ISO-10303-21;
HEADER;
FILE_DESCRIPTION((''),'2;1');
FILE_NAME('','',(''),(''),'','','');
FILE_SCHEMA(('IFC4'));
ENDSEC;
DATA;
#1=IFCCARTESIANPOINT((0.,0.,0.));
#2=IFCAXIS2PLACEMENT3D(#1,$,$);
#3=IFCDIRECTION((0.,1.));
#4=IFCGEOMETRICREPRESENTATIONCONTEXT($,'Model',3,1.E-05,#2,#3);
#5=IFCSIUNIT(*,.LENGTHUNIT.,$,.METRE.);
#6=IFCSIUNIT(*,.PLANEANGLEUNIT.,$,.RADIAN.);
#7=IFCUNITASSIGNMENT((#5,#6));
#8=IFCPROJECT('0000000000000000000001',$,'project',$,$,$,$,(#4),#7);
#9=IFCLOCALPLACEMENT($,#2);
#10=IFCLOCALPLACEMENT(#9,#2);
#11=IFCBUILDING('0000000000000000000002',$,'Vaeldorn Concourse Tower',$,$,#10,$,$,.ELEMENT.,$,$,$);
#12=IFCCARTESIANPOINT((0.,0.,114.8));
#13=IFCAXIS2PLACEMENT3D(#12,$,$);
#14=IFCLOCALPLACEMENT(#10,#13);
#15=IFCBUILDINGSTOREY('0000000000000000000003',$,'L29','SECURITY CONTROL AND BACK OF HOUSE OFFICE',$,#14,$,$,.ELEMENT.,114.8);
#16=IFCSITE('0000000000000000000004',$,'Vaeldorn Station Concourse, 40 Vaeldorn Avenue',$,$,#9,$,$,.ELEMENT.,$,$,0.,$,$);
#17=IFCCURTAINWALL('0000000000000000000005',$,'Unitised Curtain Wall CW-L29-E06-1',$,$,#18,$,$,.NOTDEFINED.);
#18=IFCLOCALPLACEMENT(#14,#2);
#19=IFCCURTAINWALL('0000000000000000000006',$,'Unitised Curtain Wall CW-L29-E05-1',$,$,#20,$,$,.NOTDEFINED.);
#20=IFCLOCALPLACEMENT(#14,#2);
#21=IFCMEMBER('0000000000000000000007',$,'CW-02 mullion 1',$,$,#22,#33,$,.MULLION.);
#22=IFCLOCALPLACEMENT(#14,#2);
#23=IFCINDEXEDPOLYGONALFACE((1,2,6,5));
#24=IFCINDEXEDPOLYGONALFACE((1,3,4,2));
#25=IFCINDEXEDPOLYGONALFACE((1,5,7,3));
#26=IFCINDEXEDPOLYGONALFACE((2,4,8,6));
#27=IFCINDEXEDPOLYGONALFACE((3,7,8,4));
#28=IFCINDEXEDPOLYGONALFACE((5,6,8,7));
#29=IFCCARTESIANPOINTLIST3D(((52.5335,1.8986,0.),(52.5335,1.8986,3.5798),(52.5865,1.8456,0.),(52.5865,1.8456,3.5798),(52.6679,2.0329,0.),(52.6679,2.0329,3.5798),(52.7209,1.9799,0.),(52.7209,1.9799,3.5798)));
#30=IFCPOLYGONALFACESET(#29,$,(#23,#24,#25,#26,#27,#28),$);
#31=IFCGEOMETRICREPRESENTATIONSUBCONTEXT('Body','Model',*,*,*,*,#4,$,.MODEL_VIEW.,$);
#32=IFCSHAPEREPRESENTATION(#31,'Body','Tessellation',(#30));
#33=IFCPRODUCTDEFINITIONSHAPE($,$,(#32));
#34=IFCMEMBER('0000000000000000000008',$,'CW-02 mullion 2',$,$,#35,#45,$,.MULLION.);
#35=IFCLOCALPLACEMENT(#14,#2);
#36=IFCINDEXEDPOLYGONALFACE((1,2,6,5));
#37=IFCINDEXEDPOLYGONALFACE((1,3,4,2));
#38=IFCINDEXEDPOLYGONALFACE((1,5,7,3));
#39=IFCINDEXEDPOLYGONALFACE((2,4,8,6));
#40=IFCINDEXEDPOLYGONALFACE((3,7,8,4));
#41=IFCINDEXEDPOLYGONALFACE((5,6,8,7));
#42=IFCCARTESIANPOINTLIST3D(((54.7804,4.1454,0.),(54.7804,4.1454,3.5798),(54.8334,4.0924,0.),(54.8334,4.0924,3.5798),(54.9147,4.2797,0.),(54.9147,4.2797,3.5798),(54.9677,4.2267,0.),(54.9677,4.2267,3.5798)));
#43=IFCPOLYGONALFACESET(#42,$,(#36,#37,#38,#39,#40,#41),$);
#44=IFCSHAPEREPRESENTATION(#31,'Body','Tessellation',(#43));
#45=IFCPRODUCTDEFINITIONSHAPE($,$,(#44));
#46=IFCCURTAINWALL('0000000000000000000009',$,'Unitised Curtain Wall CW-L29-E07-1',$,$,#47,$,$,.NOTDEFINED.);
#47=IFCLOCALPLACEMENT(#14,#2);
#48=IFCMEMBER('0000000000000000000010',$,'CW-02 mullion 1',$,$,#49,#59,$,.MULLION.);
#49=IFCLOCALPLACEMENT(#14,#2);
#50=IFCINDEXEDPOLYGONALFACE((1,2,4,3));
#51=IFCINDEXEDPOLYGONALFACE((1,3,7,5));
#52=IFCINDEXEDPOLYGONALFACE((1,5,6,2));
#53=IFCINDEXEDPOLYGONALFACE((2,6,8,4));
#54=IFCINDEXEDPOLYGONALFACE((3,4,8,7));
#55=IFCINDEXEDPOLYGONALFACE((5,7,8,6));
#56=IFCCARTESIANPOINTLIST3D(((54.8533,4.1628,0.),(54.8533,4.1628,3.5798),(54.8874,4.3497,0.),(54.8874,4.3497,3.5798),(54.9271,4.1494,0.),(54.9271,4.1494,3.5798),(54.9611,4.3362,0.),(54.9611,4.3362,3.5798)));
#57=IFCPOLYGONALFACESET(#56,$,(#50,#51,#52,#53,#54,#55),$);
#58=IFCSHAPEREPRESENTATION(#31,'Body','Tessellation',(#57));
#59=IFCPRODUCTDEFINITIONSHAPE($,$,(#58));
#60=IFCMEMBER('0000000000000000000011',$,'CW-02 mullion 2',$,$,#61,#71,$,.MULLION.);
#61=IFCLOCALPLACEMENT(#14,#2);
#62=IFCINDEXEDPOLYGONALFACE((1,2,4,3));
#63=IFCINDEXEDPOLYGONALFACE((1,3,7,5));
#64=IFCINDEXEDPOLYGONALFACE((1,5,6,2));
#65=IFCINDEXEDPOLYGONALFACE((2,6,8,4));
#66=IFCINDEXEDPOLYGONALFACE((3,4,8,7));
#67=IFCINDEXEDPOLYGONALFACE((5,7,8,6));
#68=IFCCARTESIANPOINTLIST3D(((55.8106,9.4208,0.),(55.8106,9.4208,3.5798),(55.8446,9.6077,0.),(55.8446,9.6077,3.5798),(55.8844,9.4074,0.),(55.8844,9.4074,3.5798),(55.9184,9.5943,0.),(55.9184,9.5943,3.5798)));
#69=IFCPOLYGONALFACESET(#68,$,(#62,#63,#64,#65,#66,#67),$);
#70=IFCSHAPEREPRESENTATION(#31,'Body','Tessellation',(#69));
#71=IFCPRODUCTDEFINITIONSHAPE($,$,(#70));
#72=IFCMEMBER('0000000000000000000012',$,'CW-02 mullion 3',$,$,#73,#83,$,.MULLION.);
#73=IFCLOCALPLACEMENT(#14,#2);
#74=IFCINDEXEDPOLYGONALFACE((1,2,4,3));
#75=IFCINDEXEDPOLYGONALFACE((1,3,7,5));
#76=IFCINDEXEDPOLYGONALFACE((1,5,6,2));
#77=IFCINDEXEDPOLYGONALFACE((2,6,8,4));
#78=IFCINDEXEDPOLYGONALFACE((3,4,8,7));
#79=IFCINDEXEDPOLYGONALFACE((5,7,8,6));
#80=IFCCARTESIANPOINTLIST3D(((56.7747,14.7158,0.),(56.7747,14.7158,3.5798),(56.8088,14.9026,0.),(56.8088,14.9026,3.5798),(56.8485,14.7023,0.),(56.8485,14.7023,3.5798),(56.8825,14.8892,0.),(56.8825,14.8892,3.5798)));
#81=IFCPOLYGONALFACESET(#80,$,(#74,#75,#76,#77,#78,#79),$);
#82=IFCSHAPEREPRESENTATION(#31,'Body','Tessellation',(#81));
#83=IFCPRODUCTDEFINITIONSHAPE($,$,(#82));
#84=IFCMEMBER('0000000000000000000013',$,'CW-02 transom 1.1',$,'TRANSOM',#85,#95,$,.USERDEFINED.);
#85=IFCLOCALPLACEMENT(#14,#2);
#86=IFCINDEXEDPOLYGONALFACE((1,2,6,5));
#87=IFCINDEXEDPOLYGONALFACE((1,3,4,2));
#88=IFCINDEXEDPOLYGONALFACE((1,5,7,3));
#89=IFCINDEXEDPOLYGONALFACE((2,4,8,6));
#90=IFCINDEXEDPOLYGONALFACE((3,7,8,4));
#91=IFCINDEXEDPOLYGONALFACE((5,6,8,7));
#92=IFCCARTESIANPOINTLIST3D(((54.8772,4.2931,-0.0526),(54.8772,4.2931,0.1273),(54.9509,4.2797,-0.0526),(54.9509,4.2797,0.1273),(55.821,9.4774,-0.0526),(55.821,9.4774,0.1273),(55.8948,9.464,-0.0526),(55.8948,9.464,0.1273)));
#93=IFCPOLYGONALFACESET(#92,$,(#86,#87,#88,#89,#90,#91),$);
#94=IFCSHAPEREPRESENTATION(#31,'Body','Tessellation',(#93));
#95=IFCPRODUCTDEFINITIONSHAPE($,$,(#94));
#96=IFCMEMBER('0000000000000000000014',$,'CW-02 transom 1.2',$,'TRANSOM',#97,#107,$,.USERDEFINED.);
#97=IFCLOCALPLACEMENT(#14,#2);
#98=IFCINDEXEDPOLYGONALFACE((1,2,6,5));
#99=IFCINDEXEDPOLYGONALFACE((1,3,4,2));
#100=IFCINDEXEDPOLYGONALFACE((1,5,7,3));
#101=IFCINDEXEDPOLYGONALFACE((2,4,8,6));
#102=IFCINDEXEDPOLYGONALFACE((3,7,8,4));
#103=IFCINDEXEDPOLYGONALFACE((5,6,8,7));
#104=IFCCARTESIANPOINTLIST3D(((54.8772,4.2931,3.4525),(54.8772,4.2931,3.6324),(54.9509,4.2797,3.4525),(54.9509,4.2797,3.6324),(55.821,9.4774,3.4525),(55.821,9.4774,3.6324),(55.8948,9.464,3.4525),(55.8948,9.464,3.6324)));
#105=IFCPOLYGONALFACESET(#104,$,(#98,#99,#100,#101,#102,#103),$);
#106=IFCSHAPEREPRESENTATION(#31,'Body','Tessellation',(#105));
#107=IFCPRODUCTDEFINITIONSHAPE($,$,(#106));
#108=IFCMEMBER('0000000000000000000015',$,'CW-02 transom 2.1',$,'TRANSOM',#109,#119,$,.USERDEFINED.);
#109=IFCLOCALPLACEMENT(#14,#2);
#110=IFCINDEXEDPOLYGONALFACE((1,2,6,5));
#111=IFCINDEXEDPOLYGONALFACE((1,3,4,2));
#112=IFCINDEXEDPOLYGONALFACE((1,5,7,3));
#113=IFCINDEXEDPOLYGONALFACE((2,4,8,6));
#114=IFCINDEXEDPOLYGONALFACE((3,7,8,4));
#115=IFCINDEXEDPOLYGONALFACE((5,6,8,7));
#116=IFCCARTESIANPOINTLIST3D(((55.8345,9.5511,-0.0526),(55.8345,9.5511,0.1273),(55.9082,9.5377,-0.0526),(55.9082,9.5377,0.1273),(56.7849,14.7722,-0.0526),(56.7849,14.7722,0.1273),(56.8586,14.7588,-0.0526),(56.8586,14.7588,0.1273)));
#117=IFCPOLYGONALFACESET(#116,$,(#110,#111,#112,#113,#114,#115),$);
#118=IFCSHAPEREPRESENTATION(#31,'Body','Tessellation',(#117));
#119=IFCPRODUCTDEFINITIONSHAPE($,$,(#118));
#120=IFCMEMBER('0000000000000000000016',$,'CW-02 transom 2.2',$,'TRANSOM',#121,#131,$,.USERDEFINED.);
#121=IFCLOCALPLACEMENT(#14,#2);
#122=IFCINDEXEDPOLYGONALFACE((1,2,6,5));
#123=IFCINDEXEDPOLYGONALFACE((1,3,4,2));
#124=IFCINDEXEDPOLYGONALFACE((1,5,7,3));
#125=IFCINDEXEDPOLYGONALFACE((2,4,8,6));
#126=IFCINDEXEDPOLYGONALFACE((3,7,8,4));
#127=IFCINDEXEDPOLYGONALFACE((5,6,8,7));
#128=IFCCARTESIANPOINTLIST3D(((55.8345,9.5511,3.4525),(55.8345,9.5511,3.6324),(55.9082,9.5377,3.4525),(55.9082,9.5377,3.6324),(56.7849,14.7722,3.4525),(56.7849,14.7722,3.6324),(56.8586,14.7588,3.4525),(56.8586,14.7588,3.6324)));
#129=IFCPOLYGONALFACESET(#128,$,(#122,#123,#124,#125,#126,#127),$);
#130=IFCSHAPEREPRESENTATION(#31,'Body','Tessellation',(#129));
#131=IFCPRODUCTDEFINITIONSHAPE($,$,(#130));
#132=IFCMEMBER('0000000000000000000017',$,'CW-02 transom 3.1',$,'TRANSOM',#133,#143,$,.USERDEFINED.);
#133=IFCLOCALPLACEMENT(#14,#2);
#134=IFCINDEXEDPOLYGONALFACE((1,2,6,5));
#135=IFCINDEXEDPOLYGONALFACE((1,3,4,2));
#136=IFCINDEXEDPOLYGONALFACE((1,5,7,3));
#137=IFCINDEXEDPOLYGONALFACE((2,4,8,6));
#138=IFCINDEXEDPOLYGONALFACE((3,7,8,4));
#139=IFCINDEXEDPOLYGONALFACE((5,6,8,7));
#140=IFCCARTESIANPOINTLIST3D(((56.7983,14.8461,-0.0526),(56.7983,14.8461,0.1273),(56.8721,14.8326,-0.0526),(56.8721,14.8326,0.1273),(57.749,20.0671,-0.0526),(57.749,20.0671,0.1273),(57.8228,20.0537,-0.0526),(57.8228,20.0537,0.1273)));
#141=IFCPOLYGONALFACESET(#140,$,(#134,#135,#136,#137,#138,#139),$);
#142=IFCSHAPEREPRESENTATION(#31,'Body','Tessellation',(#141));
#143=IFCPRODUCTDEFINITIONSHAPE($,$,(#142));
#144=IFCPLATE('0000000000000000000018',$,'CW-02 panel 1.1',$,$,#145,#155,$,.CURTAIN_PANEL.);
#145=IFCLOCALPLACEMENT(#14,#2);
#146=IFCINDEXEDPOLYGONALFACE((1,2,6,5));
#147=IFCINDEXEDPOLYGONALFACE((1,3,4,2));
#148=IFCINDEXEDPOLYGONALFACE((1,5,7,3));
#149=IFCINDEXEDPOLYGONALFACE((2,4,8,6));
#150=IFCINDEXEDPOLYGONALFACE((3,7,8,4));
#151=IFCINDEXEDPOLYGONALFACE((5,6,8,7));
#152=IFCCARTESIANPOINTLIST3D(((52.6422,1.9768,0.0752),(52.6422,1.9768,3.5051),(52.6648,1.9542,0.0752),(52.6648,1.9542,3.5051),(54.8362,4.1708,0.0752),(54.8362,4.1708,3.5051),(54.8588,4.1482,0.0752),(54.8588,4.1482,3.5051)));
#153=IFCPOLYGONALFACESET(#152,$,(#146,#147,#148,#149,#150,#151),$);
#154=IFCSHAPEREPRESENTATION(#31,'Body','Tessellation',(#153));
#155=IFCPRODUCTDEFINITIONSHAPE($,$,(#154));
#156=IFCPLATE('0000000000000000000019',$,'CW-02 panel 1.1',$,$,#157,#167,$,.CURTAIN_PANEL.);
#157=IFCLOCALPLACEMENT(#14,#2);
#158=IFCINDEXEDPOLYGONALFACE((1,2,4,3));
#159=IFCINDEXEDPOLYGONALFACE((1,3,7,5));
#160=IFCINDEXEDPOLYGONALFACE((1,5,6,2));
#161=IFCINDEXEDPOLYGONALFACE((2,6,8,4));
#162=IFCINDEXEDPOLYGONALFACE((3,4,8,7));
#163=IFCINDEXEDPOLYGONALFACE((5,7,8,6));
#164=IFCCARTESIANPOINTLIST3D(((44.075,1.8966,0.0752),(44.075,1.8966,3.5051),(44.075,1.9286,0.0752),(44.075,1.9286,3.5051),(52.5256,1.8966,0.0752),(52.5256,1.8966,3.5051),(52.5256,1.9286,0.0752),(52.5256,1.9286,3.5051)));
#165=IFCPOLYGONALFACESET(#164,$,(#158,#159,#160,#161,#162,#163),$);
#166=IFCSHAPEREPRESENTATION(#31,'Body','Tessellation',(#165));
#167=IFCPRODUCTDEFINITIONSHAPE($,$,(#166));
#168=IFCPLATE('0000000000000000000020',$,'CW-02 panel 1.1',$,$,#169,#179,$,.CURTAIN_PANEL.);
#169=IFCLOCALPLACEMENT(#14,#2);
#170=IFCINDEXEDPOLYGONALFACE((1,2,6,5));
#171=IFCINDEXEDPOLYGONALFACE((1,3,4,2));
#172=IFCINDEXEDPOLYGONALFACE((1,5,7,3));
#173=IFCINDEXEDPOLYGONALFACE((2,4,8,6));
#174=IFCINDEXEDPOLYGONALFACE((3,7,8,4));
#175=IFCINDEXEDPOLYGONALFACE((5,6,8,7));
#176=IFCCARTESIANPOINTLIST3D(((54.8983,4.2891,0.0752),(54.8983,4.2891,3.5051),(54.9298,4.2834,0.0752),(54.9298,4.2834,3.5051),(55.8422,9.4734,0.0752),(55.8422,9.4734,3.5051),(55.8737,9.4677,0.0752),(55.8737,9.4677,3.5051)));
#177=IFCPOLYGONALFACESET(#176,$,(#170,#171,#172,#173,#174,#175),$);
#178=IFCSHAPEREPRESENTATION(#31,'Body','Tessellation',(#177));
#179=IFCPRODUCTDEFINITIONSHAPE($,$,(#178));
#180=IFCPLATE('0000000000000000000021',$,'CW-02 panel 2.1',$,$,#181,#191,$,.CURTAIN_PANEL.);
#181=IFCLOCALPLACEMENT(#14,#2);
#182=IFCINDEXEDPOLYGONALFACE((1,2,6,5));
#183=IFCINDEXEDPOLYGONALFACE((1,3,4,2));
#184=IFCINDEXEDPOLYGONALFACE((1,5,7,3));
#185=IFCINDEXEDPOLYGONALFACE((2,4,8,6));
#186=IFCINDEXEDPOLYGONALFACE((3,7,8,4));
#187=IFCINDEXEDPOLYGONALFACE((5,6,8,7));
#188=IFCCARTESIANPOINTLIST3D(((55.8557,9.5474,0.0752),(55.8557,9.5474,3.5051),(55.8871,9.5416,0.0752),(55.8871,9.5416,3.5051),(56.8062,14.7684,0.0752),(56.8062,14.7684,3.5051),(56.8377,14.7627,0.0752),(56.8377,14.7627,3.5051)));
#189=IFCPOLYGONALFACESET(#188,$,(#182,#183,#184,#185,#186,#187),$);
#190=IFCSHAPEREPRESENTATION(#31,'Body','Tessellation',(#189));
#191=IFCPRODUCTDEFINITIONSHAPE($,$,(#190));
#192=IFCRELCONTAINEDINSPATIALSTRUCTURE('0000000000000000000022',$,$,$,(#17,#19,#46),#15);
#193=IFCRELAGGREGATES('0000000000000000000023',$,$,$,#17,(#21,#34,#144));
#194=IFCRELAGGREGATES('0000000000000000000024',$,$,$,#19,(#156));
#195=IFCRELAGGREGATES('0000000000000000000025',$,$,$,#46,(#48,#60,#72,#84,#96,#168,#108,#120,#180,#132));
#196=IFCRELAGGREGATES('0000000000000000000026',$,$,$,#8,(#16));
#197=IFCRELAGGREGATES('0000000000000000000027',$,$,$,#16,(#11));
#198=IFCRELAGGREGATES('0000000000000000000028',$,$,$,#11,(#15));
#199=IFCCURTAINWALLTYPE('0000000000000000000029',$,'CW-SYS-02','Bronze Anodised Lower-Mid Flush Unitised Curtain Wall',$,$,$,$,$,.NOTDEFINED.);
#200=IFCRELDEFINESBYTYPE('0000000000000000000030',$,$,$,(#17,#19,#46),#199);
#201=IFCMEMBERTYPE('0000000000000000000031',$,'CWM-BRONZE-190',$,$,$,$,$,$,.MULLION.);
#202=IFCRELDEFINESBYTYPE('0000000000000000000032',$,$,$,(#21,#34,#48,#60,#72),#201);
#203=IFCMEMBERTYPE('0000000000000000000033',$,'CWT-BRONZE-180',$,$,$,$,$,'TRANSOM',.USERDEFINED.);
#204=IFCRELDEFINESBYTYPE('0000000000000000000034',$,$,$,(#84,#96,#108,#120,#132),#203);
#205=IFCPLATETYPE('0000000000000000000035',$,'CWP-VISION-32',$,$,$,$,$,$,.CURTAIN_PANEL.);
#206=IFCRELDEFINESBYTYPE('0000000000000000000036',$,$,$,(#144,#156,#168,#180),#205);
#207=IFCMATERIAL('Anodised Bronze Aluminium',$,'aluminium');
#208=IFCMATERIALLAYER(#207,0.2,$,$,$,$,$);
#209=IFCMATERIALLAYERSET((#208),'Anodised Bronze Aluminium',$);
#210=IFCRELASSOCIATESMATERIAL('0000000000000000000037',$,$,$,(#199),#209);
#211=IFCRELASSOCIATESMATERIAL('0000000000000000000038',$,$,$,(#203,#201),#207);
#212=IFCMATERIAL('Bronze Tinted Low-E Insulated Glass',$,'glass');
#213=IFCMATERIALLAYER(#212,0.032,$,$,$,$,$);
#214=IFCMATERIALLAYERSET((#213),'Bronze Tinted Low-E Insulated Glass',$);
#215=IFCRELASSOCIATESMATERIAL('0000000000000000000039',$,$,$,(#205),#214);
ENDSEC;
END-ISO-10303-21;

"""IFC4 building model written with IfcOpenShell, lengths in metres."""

from ifc_helpers import new_model, si_unit, direction, frame, origin, origin_2d, place, context, subcontext, project, spatial, rectangle, extrude, source, transform, mapped, material, layer, layer_set, material_profile, profile_set, type_object, element, aggregate, save


model = new_model("IFC4")

# Units and contexts
model_context = context("Model", 3, precision=1e-05, world=origin(), true_north=direction((0.0, 1.0)))
body_context = subcontext(model_context, "Body", "Model", "MODEL_VIEW")
ifc_project = project(units=[si_unit("LENGTHUNIT", "METRE"), si_unit("PLANEANGLEUNIT", "RADIAN")], contexts=[model_context])

# Site, building, storey
site_placement = place(None, origin())
site = spatial("IfcSite", under=ifc_project, at=site_placement, Name="Vaeldorn Station Concourse, 40 Vaeldorn Avenue", CompositionType="ELEMENT", RefElevation=0.0)
building_placement = place(site_placement, origin())
building = spatial("IfcBuilding", under=site, at=building_placement, Name="Vaeldorn Concourse Tower", CompositionType="ELEMENT")
storey_placement = place(building_placement, frame((0.0, 0.0, 114.8)))
storey = spatial("IfcBuildingStorey", under=building, at=storey_placement, Name="L29", Description="SECURITY CONTROL AND BACK OF HOUSE OFFICE", CompositionType="ELEMENT", Elevation=114.8)

# Curtain wall
ifc_material_1 = material(Name="Anodised Bronze Aluminium", Category="aluminium")
ifc_layer_1 = layer(ifc_material_1, 0.2)
ifc_layer_set_1 = layer_set([ifc_layer_1], Name="Anodised Bronze Aluminium")
curtain_wall_type = type_object("IfcCurtainWallType", Name="CW-SYS-02", Description="Bronze Anodised Lower-Mid Flush Unitised Curtain Wall", PredefinedType="NOTDEFINED", material=ifc_layer_set_1)
curtain_wall_1_placement = place(storey_placement, origin())
curtain_wall_1 = element("IfcCurtainWall", 1, at=curtain_wall_1_placement, inside=storey, type_object=curtain_wall_type, Name="Unitised Curtain Wall CW-L29-E06-1", PredefinedType="NOTDEFINED")
ifc_material_profile_1 = material_profile(ifc_material_1, rectangle(XDim=0.075, YDim=0.1799, at=origin_2d()), Name="CWT 75x180")
ifc_profile_set_1 = profile_set([ifc_material_profile_1], Name="Anodised Bronze Aluminium")
member_type_1 = type_object("IfcMemberType", Name="CWT-BRONZE-180", ElementType="TRANSOM", PredefinedType="USERDEFINED", material=ifc_profile_set_1)

# Curtain wall
curtain_wall_2_placement = place(storey_placement, origin())
curtain_wall_2 = element("IfcCurtainWall", 2, at=curtain_wall_2_placement, inside=storey, type_object=curtain_wall_type, Name="Unitised Curtain Wall CW-L29-E05-1", PredefinedType="NOTDEFINED")
ifc_material_profile_2 = material_profile(ifc_material_1, rectangle(XDim=0.075, YDim=0.1899, at=origin_2d()), Name="CWM 75x190")
ifc_profile_set_2 = profile_set([ifc_material_profile_2], Name="Anodised Bronze Aluminium")
member_type_2 = type_object("IfcMemberType", Name="CWM-BRONZE-190", PredefinedType="MULLION", material=ifc_profile_set_2)
shared_shape_1 = source(origin(), body_context, "Body", "SweptSolid", [
    extrude(rectangle(XDim=0.075, YDim=0.1899, at=origin_2d()), origin(), (0.0, 0.0, 1.0), 3.5798),
])

# Members
member_1_placement = place(storey_placement, frame((52.6272, 1.9392, 0.0), z_axis=(0.0, 0.0, 1.0), x_axis=(-0.707107, 0.707107, 0.0)))
member_1 = element("IfcMember", 3, at=member_1_placement, type_object=member_type_2, Name="CW-02 mullion 1", PredefinedType="MULLION", context=body_context, shape_type="MappedRepresentation", body=[
    mapped(shared_shape_1, transform((0.0, 0.0, 0.0), scale=1.0)),
])
member_2_placement = place(storey_placement, frame((54.874, 4.186, 0.0), z_axis=(0.0, 0.0, 1.0), x_axis=(-0.707107, 0.707107, 0.0)))
member_2 = element("IfcMember", 4, at=member_2_placement, type_object=member_type_2, Name="CW-02 mullion 2", PredefinedType="MULLION", context=body_context, shape_type="MappedRepresentation", body=[
    mapped(shared_shape_1, transform((0.0, 0.0, 0.0), scale=1.0)),
])

# Curtain wall, members
curtain_wall_3_placement = place(storey_placement, origin())
curtain_wall_3 = element("IfcCurtainWall", 5, at=curtain_wall_3_placement, inside=storey, type_object=curtain_wall_type, Name="Unitised Curtain Wall CW-L29-E07-1", PredefinedType="NOTDEFINED")
member_3_placement = place(storey_placement, frame((54.9072, 4.2495, 0.0), z_axis=(0.0, 0.0, 1.0), x_axis=(-0.983828, 0.179118, 0.0)))
member_3 = element("IfcMember", 6, at=member_3_placement, type_object=member_type_2, Name="CW-02 mullion 1", PredefinedType="MULLION", context=body_context, shape_type="MappedRepresentation", body=[
    mapped(shared_shape_1, transform((0.0, 0.0, 0.0), scale=1.0)),
])
member_4_placement = place(storey_placement, frame((55.8645, 9.5076, 0.0), z_axis=(0.0, 0.0, 1.0), x_axis=(-0.983828, 0.179118, 0.0)))
member_4 = element("IfcMember", 7, at=member_4_placement, type_object=member_type_2, Name="CW-02 mullion 2", PredefinedType="MULLION", context=body_context, shape_type="MappedRepresentation", body=[
    mapped(shared_shape_1, transform((0.0, 0.0, 0.0), scale=1.0)),
])
member_5_placement = place(storey_placement, frame((56.8286, 14.8025, 0.0), z_axis=(0.0, 0.0, 1.0), x_axis=(-0.983828, 0.179118, 0.0)))
member_5 = element("IfcMember", 8, at=member_5_placement, type_object=member_type_2, Name="CW-02 mullion 3", PredefinedType="MULLION", context=body_context, shape_type="MappedRepresentation", body=[
    mapped(shared_shape_1, transform((0.0, 0.0, 0.0), scale=1.0)),
])
shared_shape_2 = source(origin(), body_context, "Body", "SweptSolid", [
    extrude(rectangle(XDim=0.075, YDim=0.1799, at=origin_2d()), origin(), (0.0, 0.0, 1.0), 5.2695),
])
member_6_placement = place(storey_placement, frame((54.9141, 4.2864, 0.0374), z_axis=(0.179114, 0.983828, 0.0), x_axis=(-0.983828, 0.179114, 0.0)))
member_6 = element("IfcMember", 9, at=member_6_placement, type_object=member_type_1, Name="CW-02 transom 1.1", ObjectType="TRANSOM", PredefinedType="USERDEFINED", context=body_context, shape_type="MappedRepresentation", body=[
    mapped(shared_shape_2, transform((0.0, 0.0, 0.0), scale=1.0)),
])
member_7_placement = place(storey_placement, frame((54.9141, 4.2864, 3.5425), z_axis=(0.179114, 0.983828, 0.0), x_axis=(-0.983828, 0.179114, 0.0)))
member_7 = element("IfcMember", 10, at=member_7_placement, type_object=member_type_1, Name="CW-02 transom 1.2", ObjectType="TRANSOM", PredefinedType="USERDEFINED", context=body_context, shape_type="MappedRepresentation", body=[
    mapped(shared_shape_2, transform((0.0, 0.0, 0.0), scale=1.0)),
])
shared_shape_3 = source(origin(), body_context, "Body", "SweptSolid", [
    extrude(rectangle(XDim=0.075, YDim=0.1799, at=origin_2d()), origin(), (0.0, 0.0, 1.0), 5.3069),
])
member_8_placement = place(storey_placement, frame((55.8713, 9.5444, 0.0374), z_axis=(0.179092, 0.983832, 0.0), x_axis=(-0.983832, 0.179092, 0.0)))
member_8 = element("IfcMember", 11, at=member_8_placement, type_object=member_type_1, Name="CW-02 transom 2.1", ObjectType="TRANSOM", PredefinedType="USERDEFINED", context=body_context, shape_type="MappedRepresentation", body=[
    mapped(shared_shape_3, transform((0.0, 0.0, 0.0), scale=1.0)),
])
member_9_placement = place(storey_placement, frame((55.8713, 9.5444, 3.5425), z_axis=(0.179092, 0.983832, 0.0), x_axis=(-0.983832, 0.179092, 0.0)))
member_9 = element("IfcMember", 12, at=member_9_placement, type_object=member_type_1, Name="CW-02 transom 2.2", ObjectType="TRANSOM", PredefinedType="USERDEFINED", context=body_context, shape_type="MappedRepresentation", body=[
    mapped(shared_shape_3, transform((0.0, 0.0, 0.0), scale=1.0)),
])
member_10_placement = place(storey_placement, frame((56.8352, 14.8394, 0.0374), z_axis=(0.179145, 0.983823, 0.0), x_axis=(-0.983823, 0.179145, 0.0)))
member_10 = element("IfcMember", 13, at=member_10_placement, type_object=member_type_1, Name="CW-02 transom 3.1", ObjectType="TRANSOM", PredefinedType="USERDEFINED", context=body_context, shape_type="MappedRepresentation", body=[
    mapped(shared_shape_3, transform((0.0, 0.0, 0.0), scale=1.0)),
])

# Plates
ifc_material_2 = material(Name="Bronze Tinted Low-E Insulated Glass", Category="glass")
ifc_layer_2 = layer(ifc_material_2, 0.032)
ifc_layer_set_2 = layer_set([ifc_layer_2], Name="Bronze Tinted Low-E Insulated Glass")
plate_type = type_object("IfcPlateType", Name="CWP-VISION-32", PredefinedType="CURTAIN_PANEL", material=ifc_layer_set_2)
shared_shape_4 = source(origin(), body_context, "Body", "SweptSolid", [
    extrude(rectangle(XDim=3.1028, YDim=0.032, at=origin_2d()), origin(), (0.0, 0.0, 1.0), 3.4299),
])
plate_1_placement = place(storey_placement, frame((53.7505, 3.0625, 0.0752), z_axis=(0.0, 0.0, 1.0), x_axis=(0.707107, 0.707107, 0.0)))
plate_1 = element("IfcPlate", 14, at=plate_1_placement, type_object=plate_type, Name="CW-02 panel 1.1", PredefinedType="CURTAIN_PANEL", context=body_context, shape_type="MappedRepresentation", body=[
    mapped(shared_shape_4, transform((0.0, 0.0, 0.0), scale=1.0)),
])
aggregate(curtain_wall_1, [member_1, member_2, plate_1])
shared_shape_5 = source(origin(), body_context, "Body", "SweptSolid", [
    extrude(rectangle(XDim=8.4507, YDim=0.032, at=origin_2d()), origin(), (0.0, 0.0, 1.0), 3.4299),
])
plate_2_placement = place(storey_placement, frame((48.3003, 1.9126, 0.0752), z_axis=(0.0, 0.0, 1.0), x_axis=(1.0, 0.0, 0.0)))
plate_2 = element("IfcPlate", 15, at=plate_2_placement, type_object=plate_type, Name="CW-02 panel 1.1", PredefinedType="CURTAIN_PANEL", context=body_context, shape_type="MappedRepresentation", body=[
    mapped(shared_shape_5, transform((0.0, 0.0, 0.0), scale=1.0)),
])
aggregate(curtain_wall_2, [plate_2])
shared_shape_6 = source(origin(), body_context, "Body", "SweptSolid", [
    extrude(rectangle(XDim=5.2695, YDim=0.032, at=origin_2d()), origin(), (0.0, 0.0, 1.0), 3.4299),
])
plate_3_placement = place(storey_placement, frame((55.386, 6.8784, 0.0752), z_axis=(0.0, 0.0, 1.0), x_axis=(0.179118, 0.983828, 0.0)))
plate_3 = element("IfcPlate", 16, at=plate_3_placement, type_object=plate_type, Name="CW-02 panel 1.1", PredefinedType="CURTAIN_PANEL", context=body_context, shape_type="MappedRepresentation", body=[
    mapped(shared_shape_6, transform((0.0, 0.0, 0.0), scale=1.0)),
])
shared_shape_7 = source(origin(), body_context, "Body", "SweptSolid", [
    extrude(rectangle(XDim=5.3069, YDim=0.032, at=origin_2d()), origin(), (0.0, 0.0, 1.0), 3.4299),
])
plate_4_placement = place(storey_placement, frame((56.3467, 12.155, 0.0752), z_axis=(0.0, 0.0, 1.0), x_axis=(0.179118, 0.983828, 0.0)))
plate_4 = element("IfcPlate", 17, at=plate_4_placement, type_object=plate_type, Name="CW-02 panel 2.1", PredefinedType="CURTAIN_PANEL", context=body_context, shape_type="MappedRepresentation", body=[
    mapped(shared_shape_7, transform((0.0, 0.0, 0.0), scale=1.0)),
])
aggregate(curtain_wall_3, [member_3, member_4, member_5, member_6, member_7, plate_3, member_8, member_9, plate_4, member_10])

save(model, "model.ifc")
